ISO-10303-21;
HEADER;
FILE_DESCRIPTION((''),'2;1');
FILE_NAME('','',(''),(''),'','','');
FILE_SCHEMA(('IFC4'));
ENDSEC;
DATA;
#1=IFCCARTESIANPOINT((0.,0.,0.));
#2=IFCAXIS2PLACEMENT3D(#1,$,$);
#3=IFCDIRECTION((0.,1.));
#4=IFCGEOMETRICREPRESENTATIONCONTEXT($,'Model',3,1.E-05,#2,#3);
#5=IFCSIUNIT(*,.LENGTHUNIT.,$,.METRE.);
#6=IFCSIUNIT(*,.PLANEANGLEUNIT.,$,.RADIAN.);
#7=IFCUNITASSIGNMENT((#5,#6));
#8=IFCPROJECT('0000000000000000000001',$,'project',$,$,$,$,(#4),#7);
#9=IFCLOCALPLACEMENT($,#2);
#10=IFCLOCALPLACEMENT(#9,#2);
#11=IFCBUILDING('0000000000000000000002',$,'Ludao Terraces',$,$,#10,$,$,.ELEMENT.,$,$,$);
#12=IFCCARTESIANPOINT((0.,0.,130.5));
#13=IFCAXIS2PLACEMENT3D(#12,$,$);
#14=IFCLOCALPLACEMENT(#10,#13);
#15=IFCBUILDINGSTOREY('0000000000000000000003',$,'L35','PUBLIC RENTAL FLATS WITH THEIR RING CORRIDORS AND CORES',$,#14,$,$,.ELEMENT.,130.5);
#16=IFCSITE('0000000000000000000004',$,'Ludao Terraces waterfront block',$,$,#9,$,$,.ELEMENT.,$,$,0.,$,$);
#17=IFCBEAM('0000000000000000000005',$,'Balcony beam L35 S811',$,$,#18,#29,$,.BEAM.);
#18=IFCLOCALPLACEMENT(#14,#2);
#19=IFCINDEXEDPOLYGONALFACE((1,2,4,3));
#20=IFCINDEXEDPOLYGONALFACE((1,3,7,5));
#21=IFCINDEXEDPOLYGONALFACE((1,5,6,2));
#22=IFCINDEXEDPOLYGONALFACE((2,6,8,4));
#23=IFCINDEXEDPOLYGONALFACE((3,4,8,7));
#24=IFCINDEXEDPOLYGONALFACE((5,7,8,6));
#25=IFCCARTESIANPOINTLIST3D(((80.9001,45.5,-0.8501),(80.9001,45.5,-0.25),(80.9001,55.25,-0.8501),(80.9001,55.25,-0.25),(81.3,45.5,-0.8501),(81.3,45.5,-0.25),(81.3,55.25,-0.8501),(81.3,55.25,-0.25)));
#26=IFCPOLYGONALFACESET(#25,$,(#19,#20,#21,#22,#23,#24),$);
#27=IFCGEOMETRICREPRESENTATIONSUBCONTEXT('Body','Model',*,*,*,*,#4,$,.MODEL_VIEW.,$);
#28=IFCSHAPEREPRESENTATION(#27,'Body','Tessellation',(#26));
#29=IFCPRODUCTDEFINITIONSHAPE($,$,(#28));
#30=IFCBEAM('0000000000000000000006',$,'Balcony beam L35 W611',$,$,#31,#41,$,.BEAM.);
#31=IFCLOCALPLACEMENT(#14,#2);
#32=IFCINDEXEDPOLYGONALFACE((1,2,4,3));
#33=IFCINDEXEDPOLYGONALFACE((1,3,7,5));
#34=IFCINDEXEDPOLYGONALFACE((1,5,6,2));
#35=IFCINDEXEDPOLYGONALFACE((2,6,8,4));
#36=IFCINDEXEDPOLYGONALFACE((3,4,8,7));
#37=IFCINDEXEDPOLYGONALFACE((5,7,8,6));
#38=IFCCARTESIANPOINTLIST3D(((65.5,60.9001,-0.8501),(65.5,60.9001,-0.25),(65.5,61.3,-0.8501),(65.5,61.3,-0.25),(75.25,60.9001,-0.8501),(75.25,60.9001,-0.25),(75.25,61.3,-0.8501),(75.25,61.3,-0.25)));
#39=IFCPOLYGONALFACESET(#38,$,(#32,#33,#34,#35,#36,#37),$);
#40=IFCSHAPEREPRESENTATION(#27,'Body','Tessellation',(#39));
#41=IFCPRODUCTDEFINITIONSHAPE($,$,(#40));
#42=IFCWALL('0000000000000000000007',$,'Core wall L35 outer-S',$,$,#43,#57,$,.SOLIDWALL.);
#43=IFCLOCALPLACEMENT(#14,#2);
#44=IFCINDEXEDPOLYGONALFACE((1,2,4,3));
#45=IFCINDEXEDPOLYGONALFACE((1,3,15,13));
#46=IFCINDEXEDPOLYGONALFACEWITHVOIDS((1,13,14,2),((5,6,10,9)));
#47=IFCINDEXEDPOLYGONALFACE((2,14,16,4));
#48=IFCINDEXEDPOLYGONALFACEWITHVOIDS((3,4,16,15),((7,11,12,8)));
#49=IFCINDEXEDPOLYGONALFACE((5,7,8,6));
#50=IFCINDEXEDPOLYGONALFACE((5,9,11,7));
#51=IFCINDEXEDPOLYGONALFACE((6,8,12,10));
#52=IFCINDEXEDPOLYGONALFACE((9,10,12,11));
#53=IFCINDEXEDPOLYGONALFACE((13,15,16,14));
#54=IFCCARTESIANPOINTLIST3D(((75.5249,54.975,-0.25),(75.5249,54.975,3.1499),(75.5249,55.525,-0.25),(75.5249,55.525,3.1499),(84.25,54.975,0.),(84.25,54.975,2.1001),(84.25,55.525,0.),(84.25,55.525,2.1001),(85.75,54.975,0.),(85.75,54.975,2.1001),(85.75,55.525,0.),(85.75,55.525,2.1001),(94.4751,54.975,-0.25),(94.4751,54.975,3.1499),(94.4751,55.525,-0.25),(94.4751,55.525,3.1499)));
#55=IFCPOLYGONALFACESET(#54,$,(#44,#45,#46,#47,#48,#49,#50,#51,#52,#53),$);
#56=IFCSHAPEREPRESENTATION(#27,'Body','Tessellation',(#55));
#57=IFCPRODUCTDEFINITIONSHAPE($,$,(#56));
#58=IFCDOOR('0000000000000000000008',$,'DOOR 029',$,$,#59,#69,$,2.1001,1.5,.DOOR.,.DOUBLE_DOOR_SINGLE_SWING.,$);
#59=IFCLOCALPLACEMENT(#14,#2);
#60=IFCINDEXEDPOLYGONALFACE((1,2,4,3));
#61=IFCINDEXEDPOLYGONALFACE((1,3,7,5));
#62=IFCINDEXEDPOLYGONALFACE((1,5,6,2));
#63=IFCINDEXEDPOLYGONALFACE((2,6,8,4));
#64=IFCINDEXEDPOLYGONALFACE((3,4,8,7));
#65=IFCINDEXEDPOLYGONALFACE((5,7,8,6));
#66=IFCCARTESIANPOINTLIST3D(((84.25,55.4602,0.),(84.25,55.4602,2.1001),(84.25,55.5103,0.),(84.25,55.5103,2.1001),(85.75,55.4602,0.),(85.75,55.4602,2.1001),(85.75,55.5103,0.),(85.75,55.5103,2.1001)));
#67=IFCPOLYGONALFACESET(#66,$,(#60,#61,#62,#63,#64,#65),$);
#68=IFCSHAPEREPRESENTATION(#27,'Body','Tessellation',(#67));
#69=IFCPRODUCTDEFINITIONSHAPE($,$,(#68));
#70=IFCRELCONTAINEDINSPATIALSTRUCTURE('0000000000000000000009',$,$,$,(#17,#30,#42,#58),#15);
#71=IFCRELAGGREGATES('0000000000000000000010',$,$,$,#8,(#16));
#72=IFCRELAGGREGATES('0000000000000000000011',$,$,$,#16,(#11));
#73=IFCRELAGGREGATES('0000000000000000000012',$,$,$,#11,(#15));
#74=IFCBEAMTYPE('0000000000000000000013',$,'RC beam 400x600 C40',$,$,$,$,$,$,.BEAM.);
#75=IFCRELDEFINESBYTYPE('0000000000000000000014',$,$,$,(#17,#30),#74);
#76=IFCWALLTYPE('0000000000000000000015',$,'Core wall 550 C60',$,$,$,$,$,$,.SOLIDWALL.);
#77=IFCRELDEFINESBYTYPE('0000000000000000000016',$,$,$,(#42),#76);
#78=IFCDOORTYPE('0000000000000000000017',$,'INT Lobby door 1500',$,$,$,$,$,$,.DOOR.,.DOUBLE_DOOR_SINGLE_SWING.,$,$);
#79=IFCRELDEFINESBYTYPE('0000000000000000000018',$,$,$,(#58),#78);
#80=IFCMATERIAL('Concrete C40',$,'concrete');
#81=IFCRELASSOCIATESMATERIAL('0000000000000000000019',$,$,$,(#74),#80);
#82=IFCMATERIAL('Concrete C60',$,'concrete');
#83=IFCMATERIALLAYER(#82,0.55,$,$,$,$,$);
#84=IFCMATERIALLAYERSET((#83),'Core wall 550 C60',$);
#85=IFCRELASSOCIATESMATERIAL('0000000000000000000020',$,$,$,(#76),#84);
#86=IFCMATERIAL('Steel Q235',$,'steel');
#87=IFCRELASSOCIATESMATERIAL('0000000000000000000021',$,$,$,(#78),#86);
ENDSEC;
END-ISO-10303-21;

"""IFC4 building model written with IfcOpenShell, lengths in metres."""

from ifc_helpers import new_model, si_unit, direction, frame, frame_2d, origin, origin_2d, place, context, subcontext, project, spatial, rectangle, extrude, material, layer, layer_set, material_profile, profile_set, type_object, element, fill, save


model = new_model("IFC4")

# Units and contexts
model_context = context("Model", 3, precision=1e-05, world=origin(), true_north=direction((0.0, 1.0)))
body_context = subcontext(model_context, "Body", "Model", "MODEL_VIEW")
ifc_project = project(units=[si_unit("LENGTHUNIT", "METRE"), si_unit("PLANEANGLEUNIT", "RADIAN")], contexts=[model_context])

# Site, building, storey
site_placement = place(None, origin())
site = spatial("IfcSite", under=ifc_project, at=site_placement, Name="Ludao Terraces waterfront block", CompositionType="ELEMENT", RefElevation=0.0)
building_placement = place(site_placement, origin())
building = spatial("IfcBuilding", under=site, at=building_placement, Name="Ludao Terraces", CompositionType="ELEMENT")
storey_placement = place(building_placement, frame((0.0, 0.0, 130.5)))
storey = spatial("IfcBuildingStorey", under=building, at=storey_placement, Name="L35", Description="PUBLIC RENTAL FLATS WITH THEIR RING CORRIDORS AND CORES", CompositionType="ELEMENT", Elevation=130.5)

# Beams
ifc_material_1 = material(Name="Concrete C40", Category="concrete")
ifc_material_profile = material_profile(ifc_material_1, rectangle(XDim=0.3999, YDim=0.6001, at=origin_2d()), Name="400 X 600")
ifc_profile_set = profile_set([ifc_material_profile], Name="Concrete C40")
beam_type = type_object("IfcBeamType", Name="RC beam 400x600 C40", PredefinedType="BEAM", material=ifc_profile_set)
for number, where, z_axis, x_axis, name in (
    (1, (81.1001, 55.25, -0.55), (0.0, -1.0, 0.0), (1.0, 0.0, 0.0), "Balcony beam L35 S811"),
    (2, (75.25, 61.1001, -0.55), (-1.0, 0.0, 0.0), (0.0, -1.0, 0.0), "Balcony beam L35 W611"),
):
    element("IfcBeam", number, at=place(storey_placement, frame(where, z_axis=z_axis, x_axis=x_axis)), inside=storey, type_object=beam_type, Name=name, PredefinedType="BEAM", context=body_context, shape_type="SweptSolid", body=[
        extrude(rectangle(XDim=0.3999, YDim=0.6001, at=origin_2d()), origin(), (0.0, 0.0, 1.0), 9.75),
    ])

# Wall, opening, door
ifc_material_2 = material(Name="Concrete C60", Category="concrete")
ifc_layer_1 = layer(ifc_material_2, 0.55)
ifc_layer_set_1 = layer_set([ifc_layer_1], Name="Core wall 550 C60")
wall_type_1 = type_object("IfcWallType", Name="Core wall 550 C60", PredefinedType="SOLIDWALL", material=ifc_layer_set_1)
wall_1_placement = place(storey_placement, frame((75.5249, 55.25, -0.25), z_axis=(0.0, 0.0, 1.0), x_axis=(1.0, 0.0, 0.0)))
wall_1 = element("IfcWall", 3, at=wall_1_placement, inside=storey, type_object=wall_type_1, Name="Core wall L35 outer-S", PredefinedType="SOLIDWALL", context=body_context, shape_type="SweptSolid", body=[
    extrude(rectangle(XDim=18.9502, YDim=0.55, at=frame_2d((9.4751, 0.0))), origin(), (0.0, 0.0, 1.0), 3.3999),
])
opening_1_placement = place(wall_1_placement, frame((8.7251, 0.0, 0.25)))
opening_1 = element("IfcOpeningElement", 4, at=opening_1_placement, cuts=wall_1, PredefinedType="OPENING", context=body_context, shape_type="SweptSolid", body=[
    extrude(rectangle(XDim=1.5, YDim=2.1001, at=frame_2d((0.75, 1.05))), frame((0.0, 0.2852, 0.0), z_axis=(0.0, -1.0, 0.0), x_axis=(1.0, 0.0, 0.0)), (0.0, 0.0, 1.0), 0.5701),
])
ifc_material_3 = material(Name="Steel Q235", Category="steel")
door_type_1 = type_object("IfcDoorType", Name="INT Lobby door 1500", OperationType="DOUBLE_DOOR_SINGLE_SWING", PredefinedType="DOOR", material=ifc_material_3)
door_1_placement = place(opening_1_placement, origin())
door_1 = element("IfcDoor", 5, at=door_1_placement, inside=storey, type_object=door_type_1, Name="DOOR 029", OperationType="DOUBLE_DOOR_SINGLE_SWING", OverallHeight=2.1001, OverallWidth=1.5, PredefinedType="DOOR", context=body_context, shape_type="SweptSolid", body=[
    extrude(rectangle(XDim=1.5, YDim=2.1001, at=frame_2d((0.75, 1.05))), frame((0.0, 0.2603, 0.0), z_axis=(0.0, -1.0, 0.0), x_axis=(1.0, 0.0, 0.0)), (0.0, 0.0, 1.0), 0.05),
])
fill(opening_1, door_1)

save(model, "model.ifc")
